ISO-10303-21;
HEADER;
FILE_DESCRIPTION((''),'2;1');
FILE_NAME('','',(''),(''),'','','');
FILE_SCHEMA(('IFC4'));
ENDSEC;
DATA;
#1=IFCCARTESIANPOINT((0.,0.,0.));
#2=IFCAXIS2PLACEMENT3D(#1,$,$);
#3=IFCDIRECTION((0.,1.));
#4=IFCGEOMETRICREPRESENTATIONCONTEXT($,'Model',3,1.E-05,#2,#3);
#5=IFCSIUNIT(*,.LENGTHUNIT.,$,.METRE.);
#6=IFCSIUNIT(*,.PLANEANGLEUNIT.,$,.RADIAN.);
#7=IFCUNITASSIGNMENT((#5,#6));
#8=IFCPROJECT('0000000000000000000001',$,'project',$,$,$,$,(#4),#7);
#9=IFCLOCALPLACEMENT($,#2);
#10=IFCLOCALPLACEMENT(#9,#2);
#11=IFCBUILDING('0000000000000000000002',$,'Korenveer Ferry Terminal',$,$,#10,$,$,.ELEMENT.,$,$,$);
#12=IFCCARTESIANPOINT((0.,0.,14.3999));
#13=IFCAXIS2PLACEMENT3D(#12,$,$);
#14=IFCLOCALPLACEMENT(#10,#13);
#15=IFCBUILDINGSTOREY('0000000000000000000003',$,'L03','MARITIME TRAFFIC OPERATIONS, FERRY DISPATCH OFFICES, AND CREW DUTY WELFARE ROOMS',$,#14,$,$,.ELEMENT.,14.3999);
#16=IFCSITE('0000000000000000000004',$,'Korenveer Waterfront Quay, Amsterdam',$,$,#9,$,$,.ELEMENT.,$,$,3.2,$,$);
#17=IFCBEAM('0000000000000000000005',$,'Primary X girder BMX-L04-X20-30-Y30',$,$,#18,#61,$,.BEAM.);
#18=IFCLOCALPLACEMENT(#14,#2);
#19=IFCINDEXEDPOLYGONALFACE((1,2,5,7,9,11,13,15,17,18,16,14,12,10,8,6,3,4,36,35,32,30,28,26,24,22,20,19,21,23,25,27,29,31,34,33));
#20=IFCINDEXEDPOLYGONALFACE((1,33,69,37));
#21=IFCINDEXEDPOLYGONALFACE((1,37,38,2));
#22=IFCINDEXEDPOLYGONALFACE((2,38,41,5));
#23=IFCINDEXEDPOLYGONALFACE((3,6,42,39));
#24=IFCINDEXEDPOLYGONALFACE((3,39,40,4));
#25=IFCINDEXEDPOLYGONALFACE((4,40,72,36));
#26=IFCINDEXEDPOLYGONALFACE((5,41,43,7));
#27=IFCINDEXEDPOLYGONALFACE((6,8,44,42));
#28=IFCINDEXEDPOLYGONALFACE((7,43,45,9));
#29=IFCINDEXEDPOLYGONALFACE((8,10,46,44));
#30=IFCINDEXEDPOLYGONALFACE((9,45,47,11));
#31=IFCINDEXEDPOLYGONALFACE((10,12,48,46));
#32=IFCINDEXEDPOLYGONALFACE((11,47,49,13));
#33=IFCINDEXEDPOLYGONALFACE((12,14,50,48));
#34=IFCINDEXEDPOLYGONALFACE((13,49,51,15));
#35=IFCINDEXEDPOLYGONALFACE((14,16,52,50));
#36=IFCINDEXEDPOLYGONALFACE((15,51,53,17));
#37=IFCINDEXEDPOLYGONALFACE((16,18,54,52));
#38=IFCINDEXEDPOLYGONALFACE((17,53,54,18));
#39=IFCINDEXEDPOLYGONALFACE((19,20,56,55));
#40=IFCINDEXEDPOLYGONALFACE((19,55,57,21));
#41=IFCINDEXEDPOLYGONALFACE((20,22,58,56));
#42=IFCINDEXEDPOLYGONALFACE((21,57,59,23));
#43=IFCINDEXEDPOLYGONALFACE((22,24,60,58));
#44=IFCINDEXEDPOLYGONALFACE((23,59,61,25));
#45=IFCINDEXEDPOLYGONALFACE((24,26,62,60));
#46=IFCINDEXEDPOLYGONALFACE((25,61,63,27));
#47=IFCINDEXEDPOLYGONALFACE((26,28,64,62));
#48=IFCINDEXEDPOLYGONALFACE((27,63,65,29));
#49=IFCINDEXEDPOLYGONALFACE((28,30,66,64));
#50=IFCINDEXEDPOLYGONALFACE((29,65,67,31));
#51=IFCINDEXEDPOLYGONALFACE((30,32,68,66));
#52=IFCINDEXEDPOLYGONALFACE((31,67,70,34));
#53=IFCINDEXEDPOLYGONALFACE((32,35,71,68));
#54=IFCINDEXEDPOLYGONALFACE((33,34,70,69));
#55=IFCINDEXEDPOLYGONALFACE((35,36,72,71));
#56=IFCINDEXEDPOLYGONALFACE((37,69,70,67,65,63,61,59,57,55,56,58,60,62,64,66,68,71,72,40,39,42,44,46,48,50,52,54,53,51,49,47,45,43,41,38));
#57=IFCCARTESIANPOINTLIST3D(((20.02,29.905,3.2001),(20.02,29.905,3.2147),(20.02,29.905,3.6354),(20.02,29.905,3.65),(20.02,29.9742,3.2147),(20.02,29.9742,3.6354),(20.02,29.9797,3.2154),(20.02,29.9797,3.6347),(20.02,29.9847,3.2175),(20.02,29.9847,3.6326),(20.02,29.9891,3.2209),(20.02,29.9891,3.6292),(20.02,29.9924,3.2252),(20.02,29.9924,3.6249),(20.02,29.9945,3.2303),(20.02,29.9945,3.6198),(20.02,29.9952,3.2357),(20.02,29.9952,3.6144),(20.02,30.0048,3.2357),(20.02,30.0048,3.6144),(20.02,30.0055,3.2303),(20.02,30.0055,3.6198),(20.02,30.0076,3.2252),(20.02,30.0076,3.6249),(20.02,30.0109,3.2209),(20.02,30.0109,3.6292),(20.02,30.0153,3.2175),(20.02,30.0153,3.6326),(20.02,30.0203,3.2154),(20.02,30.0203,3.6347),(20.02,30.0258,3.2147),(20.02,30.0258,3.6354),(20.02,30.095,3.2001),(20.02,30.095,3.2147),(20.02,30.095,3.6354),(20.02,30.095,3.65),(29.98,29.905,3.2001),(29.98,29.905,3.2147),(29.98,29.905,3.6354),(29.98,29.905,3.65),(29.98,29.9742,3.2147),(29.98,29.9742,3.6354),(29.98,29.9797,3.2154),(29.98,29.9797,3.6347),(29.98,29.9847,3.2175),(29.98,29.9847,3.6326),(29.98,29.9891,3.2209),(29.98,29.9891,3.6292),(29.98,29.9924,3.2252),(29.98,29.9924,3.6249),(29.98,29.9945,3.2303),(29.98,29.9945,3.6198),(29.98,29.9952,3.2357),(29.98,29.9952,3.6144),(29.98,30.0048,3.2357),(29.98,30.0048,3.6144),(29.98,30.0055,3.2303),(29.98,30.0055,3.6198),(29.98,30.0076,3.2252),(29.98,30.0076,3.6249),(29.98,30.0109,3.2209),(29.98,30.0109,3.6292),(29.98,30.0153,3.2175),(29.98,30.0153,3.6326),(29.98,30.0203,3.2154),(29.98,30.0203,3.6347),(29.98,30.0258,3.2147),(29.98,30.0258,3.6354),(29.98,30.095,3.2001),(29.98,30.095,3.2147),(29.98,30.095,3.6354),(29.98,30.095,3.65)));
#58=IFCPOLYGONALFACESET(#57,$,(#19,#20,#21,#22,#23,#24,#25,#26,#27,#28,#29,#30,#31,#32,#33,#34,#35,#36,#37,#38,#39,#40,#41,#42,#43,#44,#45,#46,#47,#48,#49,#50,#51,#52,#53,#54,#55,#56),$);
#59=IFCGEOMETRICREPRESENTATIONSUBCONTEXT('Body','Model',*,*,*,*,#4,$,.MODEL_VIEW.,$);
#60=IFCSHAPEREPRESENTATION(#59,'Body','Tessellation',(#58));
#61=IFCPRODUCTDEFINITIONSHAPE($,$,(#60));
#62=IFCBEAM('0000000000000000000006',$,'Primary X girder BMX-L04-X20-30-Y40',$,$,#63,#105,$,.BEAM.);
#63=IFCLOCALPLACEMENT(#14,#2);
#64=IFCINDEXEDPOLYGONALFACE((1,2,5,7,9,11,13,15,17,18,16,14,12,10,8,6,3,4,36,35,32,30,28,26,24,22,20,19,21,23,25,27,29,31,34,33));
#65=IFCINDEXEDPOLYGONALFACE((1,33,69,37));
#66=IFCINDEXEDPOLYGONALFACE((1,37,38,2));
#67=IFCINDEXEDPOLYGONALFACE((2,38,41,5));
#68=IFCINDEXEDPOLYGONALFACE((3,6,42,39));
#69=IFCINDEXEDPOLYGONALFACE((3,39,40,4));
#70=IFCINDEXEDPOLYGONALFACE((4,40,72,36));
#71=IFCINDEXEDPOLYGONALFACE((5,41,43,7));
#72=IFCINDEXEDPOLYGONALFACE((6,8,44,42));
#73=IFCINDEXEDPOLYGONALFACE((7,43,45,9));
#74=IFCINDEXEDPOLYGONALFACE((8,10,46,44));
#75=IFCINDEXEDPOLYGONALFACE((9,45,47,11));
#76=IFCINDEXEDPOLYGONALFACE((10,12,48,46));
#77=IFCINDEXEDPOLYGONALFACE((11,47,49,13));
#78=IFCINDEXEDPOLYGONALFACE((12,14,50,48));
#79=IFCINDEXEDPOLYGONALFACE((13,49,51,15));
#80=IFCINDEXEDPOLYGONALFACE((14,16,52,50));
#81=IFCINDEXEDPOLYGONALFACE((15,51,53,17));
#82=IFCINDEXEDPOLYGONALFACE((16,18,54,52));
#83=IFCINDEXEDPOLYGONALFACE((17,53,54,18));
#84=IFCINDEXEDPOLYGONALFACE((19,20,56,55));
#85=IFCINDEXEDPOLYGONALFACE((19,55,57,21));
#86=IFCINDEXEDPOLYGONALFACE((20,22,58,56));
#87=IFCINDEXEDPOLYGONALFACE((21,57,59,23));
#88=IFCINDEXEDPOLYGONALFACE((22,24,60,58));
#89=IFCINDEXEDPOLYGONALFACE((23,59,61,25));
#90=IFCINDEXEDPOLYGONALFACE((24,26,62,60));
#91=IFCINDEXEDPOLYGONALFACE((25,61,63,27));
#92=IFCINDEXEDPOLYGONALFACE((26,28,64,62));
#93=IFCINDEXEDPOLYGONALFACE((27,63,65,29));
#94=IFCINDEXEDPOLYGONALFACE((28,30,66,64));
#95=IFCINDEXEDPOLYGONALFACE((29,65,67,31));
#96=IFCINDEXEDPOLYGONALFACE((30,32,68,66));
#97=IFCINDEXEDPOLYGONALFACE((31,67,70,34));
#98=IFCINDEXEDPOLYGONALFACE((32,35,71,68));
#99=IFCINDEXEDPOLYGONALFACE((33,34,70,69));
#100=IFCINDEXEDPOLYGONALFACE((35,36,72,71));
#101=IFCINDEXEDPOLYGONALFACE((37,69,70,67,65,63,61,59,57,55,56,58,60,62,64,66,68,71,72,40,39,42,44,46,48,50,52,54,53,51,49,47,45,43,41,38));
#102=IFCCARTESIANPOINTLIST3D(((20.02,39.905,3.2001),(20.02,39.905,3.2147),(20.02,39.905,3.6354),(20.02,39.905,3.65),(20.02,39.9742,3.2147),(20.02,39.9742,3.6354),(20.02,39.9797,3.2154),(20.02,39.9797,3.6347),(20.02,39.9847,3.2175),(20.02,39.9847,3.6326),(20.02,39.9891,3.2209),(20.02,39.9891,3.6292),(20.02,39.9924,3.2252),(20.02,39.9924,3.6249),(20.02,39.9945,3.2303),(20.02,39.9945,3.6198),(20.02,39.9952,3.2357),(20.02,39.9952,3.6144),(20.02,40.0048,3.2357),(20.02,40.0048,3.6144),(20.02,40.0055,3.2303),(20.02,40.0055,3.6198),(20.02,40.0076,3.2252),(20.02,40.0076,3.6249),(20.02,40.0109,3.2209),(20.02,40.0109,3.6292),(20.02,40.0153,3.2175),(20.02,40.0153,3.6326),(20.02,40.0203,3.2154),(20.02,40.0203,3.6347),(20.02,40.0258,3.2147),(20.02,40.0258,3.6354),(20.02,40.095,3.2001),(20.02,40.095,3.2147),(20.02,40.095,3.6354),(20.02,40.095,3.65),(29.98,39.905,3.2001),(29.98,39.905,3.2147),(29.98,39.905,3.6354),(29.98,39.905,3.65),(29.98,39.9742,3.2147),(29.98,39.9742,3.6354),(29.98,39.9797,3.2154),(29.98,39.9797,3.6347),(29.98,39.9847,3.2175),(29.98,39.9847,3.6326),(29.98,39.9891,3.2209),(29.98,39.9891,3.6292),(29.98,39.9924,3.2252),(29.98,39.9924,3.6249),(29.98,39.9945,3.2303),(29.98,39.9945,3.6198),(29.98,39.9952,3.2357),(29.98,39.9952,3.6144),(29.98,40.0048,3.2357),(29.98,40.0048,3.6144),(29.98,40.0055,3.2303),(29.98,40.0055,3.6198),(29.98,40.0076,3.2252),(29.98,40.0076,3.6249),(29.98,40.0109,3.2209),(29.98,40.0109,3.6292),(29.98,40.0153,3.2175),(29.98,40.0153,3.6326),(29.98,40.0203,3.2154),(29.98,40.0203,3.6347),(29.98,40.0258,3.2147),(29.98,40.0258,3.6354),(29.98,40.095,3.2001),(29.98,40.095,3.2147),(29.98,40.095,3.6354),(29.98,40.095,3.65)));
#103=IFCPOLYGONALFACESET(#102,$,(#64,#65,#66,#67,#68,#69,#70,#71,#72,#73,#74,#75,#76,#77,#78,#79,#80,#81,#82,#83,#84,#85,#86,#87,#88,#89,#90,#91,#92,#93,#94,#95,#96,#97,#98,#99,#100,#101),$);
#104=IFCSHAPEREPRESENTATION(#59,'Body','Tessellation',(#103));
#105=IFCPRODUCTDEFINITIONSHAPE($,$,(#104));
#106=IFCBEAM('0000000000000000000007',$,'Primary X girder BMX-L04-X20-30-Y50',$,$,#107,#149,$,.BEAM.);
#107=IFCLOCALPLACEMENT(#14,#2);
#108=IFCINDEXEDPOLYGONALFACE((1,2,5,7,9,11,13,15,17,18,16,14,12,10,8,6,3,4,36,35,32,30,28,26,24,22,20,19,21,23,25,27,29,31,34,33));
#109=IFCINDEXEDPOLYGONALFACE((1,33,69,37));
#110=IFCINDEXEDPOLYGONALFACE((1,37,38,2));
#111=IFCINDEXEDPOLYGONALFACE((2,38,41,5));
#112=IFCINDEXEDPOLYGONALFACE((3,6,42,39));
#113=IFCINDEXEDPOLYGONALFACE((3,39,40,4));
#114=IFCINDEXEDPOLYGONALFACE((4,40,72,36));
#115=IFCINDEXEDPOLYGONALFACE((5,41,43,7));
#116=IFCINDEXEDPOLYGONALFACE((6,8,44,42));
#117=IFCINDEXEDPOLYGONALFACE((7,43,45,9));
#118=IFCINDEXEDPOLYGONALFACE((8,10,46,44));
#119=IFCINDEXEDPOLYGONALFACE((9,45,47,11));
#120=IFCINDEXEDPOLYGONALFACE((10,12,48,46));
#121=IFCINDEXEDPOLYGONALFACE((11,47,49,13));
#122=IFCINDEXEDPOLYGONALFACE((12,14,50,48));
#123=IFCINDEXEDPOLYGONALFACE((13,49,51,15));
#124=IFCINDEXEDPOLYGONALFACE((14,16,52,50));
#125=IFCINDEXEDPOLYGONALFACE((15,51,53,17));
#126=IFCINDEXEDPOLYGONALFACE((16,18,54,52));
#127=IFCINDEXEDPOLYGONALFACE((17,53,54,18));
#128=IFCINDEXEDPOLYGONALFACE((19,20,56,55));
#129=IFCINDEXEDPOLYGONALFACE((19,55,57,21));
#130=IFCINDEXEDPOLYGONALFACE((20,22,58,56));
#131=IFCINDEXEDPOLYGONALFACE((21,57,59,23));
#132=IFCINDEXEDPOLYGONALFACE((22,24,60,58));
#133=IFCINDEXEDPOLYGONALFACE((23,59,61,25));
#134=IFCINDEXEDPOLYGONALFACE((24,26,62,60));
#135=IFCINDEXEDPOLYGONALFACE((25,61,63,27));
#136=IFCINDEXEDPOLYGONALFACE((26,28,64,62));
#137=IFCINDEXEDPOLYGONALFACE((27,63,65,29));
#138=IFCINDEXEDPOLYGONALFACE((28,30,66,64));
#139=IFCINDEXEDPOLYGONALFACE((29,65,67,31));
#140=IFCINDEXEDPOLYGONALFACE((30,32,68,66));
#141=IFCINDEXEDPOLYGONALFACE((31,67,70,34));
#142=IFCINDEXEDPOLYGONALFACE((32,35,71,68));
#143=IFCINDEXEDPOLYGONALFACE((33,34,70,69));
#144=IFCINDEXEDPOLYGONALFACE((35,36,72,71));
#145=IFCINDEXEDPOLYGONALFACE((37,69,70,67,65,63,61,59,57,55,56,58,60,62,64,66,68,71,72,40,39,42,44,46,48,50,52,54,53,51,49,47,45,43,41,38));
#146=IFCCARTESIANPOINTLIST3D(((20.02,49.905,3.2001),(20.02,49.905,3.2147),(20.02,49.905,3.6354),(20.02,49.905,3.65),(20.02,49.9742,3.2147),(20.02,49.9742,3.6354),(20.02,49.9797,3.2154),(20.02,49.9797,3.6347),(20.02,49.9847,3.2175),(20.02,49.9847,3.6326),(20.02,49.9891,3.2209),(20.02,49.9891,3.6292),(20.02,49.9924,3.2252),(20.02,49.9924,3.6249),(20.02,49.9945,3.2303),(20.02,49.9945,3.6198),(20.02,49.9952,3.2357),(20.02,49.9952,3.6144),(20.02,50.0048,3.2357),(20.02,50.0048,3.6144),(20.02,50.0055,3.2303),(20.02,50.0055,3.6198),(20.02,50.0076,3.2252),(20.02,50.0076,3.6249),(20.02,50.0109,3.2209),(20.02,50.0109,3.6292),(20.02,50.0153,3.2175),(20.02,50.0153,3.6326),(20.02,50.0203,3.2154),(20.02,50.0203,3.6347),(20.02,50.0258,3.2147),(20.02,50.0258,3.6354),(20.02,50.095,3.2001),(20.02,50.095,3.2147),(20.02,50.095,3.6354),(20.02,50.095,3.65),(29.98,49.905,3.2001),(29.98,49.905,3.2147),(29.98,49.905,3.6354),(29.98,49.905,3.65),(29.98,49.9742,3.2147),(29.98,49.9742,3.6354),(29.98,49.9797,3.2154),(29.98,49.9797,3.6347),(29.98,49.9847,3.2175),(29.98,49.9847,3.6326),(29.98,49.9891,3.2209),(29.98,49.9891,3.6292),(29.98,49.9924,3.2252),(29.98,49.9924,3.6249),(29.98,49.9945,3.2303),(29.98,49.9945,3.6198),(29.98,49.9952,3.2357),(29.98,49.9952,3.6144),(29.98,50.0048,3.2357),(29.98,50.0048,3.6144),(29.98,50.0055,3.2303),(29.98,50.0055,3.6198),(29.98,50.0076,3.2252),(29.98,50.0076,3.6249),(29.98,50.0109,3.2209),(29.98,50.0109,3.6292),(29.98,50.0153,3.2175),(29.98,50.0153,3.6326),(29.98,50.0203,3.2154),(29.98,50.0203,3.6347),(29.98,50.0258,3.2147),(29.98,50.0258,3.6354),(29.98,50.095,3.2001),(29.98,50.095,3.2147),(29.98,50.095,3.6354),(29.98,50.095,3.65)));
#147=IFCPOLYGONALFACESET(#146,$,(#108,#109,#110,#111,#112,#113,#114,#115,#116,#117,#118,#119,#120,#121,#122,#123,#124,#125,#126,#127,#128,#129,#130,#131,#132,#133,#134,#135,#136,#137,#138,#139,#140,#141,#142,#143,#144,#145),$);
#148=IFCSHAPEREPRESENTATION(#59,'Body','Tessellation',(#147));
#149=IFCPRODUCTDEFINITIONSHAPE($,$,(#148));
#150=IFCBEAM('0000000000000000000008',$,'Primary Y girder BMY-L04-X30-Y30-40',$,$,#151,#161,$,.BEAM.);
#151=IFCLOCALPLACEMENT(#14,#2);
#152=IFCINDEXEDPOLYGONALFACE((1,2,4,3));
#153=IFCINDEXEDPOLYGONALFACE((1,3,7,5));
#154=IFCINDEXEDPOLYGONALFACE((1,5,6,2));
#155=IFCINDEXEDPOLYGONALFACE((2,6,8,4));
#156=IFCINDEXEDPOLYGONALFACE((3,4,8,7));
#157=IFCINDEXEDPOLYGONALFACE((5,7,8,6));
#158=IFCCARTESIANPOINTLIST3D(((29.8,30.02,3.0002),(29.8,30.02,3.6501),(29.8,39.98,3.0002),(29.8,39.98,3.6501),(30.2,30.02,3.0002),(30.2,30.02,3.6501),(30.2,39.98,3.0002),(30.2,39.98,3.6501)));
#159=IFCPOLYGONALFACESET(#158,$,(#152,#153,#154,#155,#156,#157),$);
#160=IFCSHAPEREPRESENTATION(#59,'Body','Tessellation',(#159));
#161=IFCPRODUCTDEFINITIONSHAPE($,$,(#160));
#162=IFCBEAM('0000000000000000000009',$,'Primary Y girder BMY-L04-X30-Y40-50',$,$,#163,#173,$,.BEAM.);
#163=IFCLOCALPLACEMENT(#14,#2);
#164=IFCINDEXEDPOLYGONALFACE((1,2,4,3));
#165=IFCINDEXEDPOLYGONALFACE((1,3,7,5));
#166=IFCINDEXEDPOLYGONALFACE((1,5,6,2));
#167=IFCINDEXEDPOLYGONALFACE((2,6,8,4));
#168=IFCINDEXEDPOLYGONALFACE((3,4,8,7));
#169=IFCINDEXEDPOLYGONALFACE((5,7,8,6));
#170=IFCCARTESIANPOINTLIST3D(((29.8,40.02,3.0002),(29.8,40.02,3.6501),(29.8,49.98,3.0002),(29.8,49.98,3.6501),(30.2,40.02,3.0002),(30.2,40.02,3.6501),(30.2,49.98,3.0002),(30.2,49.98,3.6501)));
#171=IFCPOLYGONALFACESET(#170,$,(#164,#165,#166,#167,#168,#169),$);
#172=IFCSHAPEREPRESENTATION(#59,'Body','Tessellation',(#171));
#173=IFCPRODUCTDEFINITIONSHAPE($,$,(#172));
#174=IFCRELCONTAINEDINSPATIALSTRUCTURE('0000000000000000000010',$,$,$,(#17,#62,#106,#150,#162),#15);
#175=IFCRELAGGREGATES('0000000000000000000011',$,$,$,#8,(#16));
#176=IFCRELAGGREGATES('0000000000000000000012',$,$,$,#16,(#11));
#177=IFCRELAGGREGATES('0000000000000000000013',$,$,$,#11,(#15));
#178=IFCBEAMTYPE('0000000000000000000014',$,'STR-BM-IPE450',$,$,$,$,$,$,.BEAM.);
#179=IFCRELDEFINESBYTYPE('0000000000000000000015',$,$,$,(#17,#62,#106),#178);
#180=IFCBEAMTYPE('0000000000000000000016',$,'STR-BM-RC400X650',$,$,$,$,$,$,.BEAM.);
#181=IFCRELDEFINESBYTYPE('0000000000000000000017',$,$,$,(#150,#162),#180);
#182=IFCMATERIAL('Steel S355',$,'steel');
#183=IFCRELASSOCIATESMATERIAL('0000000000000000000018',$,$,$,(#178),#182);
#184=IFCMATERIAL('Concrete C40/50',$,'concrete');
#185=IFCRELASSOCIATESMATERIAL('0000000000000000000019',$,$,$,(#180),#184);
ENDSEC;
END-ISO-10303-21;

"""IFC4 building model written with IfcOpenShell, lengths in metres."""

from ifc_helpers import new_model, si_unit, direction, frame, origin, origin_2d, place, context, subcontext, project, spatial, rectangle, i_section, extrude, material, material_profile, profile_set, type_object, element, save


model = new_model("IFC4")

# Units and contexts
model_context = context("Model", 3, precision=1e-05, world=origin(), true_north=direction((0.0, 1.0)))
body_context = subcontext(model_context, "Body", "Model", "MODEL_VIEW")
ifc_project = project(units=[si_unit("LENGTHUNIT", "METRE"), si_unit("PLANEANGLEUNIT", "RADIAN")], contexts=[model_context])

# Site, building, storey
site_placement = place(None, origin())
site = spatial("IfcSite", under=ifc_project, at=site_placement, Name="Korenveer Waterfront Quay, Amsterdam", CompositionType="ELEMENT", RefElevation=3.2)
building_placement = place(site_placement, origin())
building = spatial("IfcBuilding", under=site, at=building_placement, Name="Korenveer Ferry Terminal", CompositionType="ELEMENT")
storey_placement = place(building_placement, frame((0.0, 0.0, 14.3999)))
storey = spatial("IfcBuildingStorey", under=building, at=storey_placement, Name="L03", Description="MARITIME TRAFFIC OPERATIONS, FERRY DISPATCH OFFICES, AND CREW DUTY WELFARE ROOMS", CompositionType="ELEMENT", Elevation=14.3999)

# Beams
ifc_material_1 = material(Name="Steel S355", Category="steel")
ifc_material_profile_1 = material_profile(ifc_material_1, i_section(OverallWidth=0.1899, OverallDepth=0.45, WebThickness=0.0095, FlangeThickness=0.0146, FilletRadius=0.021, at=origin_2d()), Name="IPE 450")
ifc_profile_set_1 = profile_set([ifc_material_profile_1], Name="Steel S355")
beam_type_1 = type_object("IfcBeamType", Name="STR-BM-IPE450", PredefinedType="BEAM", material=ifc_profile_set_1)
for number, where, z_axis, x_axis, name in (
    (1, (20.02, 30.0, 3.425), (1.0, 0.0, 0.0), (0.0, 1.0, 0.0), "Primary X girder BMX-L04-X20-30-Y30"),
    (2, (20.02, 40.0, 3.425), (1.0, 0.0, 0.0), (0.0, 1.0, 0.0), "Primary X girder BMX-L04-X20-30-Y40"),
    (3, (20.02, 50.0, 3.425), (1.0, 0.0, 0.0), (0.0, 1.0, 0.0), "Primary X girder BMX-L04-X20-30-Y50"),
):
    element("IfcBeam", number, at=place(storey_placement, frame(where, z_axis=z_axis, x_axis=x_axis)), inside=storey, type_object=beam_type_1, Name=name, PredefinedType="BEAM", context=body_context, shape_type="SweptSolid", body=[
        extrude(i_section(OverallWidth=0.1899, OverallDepth=0.45, WebThickness=0.0095, FlangeThickness=0.0146, FilletRadius=0.021, at=origin_2d()), origin(), (0.0, 0.0, 1.0), 9.96),
    ])
ifc_material_2 = material(Name="Concrete C40/50", Category="concrete")
ifc_material_profile_2 = material_profile(ifc_material_2, rectangle(XDim=0.3999, YDim=0.6499, at=origin_2d()), Name="RC 400x650")
ifc_profile_set_2 = profile_set([ifc_material_profile_2], Name="Concrete C40/50")
beam_type_2 = type_object("IfcBeamType", Name="STR-BM-RC400X650", PredefinedType="BEAM", material=ifc_profile_set_2)
for number, where, z_axis, x_axis, name in (
    (4, (30.0, 30.02, 3.3252), (0.0, 1.0, 0.0), (-1.0, 0.0, 0.0), "Primary Y girder BMY-L04-X30-Y30-40"),
    (5, (30.0, 40.02, 3.3252), (0.0, 1.0, 0.0), (-1.0, 0.0, 0.0), "Primary Y girder BMY-L04-X30-Y40-50"),
):
    element("IfcBeam", number, at=place(storey_placement, frame(where, z_axis=z_axis, x_axis=x_axis)), inside=storey, type_object=beam_type_2, Name=name, PredefinedType="BEAM", context=body_context, shape_type="SweptSolid", body=[
        extrude(rectangle(XDim=0.3999, YDim=0.6499, at=origin_2d()), origin(), (0.0, 0.0, 1.0), 9.96),
    ])

save(model, "model.ifc")
